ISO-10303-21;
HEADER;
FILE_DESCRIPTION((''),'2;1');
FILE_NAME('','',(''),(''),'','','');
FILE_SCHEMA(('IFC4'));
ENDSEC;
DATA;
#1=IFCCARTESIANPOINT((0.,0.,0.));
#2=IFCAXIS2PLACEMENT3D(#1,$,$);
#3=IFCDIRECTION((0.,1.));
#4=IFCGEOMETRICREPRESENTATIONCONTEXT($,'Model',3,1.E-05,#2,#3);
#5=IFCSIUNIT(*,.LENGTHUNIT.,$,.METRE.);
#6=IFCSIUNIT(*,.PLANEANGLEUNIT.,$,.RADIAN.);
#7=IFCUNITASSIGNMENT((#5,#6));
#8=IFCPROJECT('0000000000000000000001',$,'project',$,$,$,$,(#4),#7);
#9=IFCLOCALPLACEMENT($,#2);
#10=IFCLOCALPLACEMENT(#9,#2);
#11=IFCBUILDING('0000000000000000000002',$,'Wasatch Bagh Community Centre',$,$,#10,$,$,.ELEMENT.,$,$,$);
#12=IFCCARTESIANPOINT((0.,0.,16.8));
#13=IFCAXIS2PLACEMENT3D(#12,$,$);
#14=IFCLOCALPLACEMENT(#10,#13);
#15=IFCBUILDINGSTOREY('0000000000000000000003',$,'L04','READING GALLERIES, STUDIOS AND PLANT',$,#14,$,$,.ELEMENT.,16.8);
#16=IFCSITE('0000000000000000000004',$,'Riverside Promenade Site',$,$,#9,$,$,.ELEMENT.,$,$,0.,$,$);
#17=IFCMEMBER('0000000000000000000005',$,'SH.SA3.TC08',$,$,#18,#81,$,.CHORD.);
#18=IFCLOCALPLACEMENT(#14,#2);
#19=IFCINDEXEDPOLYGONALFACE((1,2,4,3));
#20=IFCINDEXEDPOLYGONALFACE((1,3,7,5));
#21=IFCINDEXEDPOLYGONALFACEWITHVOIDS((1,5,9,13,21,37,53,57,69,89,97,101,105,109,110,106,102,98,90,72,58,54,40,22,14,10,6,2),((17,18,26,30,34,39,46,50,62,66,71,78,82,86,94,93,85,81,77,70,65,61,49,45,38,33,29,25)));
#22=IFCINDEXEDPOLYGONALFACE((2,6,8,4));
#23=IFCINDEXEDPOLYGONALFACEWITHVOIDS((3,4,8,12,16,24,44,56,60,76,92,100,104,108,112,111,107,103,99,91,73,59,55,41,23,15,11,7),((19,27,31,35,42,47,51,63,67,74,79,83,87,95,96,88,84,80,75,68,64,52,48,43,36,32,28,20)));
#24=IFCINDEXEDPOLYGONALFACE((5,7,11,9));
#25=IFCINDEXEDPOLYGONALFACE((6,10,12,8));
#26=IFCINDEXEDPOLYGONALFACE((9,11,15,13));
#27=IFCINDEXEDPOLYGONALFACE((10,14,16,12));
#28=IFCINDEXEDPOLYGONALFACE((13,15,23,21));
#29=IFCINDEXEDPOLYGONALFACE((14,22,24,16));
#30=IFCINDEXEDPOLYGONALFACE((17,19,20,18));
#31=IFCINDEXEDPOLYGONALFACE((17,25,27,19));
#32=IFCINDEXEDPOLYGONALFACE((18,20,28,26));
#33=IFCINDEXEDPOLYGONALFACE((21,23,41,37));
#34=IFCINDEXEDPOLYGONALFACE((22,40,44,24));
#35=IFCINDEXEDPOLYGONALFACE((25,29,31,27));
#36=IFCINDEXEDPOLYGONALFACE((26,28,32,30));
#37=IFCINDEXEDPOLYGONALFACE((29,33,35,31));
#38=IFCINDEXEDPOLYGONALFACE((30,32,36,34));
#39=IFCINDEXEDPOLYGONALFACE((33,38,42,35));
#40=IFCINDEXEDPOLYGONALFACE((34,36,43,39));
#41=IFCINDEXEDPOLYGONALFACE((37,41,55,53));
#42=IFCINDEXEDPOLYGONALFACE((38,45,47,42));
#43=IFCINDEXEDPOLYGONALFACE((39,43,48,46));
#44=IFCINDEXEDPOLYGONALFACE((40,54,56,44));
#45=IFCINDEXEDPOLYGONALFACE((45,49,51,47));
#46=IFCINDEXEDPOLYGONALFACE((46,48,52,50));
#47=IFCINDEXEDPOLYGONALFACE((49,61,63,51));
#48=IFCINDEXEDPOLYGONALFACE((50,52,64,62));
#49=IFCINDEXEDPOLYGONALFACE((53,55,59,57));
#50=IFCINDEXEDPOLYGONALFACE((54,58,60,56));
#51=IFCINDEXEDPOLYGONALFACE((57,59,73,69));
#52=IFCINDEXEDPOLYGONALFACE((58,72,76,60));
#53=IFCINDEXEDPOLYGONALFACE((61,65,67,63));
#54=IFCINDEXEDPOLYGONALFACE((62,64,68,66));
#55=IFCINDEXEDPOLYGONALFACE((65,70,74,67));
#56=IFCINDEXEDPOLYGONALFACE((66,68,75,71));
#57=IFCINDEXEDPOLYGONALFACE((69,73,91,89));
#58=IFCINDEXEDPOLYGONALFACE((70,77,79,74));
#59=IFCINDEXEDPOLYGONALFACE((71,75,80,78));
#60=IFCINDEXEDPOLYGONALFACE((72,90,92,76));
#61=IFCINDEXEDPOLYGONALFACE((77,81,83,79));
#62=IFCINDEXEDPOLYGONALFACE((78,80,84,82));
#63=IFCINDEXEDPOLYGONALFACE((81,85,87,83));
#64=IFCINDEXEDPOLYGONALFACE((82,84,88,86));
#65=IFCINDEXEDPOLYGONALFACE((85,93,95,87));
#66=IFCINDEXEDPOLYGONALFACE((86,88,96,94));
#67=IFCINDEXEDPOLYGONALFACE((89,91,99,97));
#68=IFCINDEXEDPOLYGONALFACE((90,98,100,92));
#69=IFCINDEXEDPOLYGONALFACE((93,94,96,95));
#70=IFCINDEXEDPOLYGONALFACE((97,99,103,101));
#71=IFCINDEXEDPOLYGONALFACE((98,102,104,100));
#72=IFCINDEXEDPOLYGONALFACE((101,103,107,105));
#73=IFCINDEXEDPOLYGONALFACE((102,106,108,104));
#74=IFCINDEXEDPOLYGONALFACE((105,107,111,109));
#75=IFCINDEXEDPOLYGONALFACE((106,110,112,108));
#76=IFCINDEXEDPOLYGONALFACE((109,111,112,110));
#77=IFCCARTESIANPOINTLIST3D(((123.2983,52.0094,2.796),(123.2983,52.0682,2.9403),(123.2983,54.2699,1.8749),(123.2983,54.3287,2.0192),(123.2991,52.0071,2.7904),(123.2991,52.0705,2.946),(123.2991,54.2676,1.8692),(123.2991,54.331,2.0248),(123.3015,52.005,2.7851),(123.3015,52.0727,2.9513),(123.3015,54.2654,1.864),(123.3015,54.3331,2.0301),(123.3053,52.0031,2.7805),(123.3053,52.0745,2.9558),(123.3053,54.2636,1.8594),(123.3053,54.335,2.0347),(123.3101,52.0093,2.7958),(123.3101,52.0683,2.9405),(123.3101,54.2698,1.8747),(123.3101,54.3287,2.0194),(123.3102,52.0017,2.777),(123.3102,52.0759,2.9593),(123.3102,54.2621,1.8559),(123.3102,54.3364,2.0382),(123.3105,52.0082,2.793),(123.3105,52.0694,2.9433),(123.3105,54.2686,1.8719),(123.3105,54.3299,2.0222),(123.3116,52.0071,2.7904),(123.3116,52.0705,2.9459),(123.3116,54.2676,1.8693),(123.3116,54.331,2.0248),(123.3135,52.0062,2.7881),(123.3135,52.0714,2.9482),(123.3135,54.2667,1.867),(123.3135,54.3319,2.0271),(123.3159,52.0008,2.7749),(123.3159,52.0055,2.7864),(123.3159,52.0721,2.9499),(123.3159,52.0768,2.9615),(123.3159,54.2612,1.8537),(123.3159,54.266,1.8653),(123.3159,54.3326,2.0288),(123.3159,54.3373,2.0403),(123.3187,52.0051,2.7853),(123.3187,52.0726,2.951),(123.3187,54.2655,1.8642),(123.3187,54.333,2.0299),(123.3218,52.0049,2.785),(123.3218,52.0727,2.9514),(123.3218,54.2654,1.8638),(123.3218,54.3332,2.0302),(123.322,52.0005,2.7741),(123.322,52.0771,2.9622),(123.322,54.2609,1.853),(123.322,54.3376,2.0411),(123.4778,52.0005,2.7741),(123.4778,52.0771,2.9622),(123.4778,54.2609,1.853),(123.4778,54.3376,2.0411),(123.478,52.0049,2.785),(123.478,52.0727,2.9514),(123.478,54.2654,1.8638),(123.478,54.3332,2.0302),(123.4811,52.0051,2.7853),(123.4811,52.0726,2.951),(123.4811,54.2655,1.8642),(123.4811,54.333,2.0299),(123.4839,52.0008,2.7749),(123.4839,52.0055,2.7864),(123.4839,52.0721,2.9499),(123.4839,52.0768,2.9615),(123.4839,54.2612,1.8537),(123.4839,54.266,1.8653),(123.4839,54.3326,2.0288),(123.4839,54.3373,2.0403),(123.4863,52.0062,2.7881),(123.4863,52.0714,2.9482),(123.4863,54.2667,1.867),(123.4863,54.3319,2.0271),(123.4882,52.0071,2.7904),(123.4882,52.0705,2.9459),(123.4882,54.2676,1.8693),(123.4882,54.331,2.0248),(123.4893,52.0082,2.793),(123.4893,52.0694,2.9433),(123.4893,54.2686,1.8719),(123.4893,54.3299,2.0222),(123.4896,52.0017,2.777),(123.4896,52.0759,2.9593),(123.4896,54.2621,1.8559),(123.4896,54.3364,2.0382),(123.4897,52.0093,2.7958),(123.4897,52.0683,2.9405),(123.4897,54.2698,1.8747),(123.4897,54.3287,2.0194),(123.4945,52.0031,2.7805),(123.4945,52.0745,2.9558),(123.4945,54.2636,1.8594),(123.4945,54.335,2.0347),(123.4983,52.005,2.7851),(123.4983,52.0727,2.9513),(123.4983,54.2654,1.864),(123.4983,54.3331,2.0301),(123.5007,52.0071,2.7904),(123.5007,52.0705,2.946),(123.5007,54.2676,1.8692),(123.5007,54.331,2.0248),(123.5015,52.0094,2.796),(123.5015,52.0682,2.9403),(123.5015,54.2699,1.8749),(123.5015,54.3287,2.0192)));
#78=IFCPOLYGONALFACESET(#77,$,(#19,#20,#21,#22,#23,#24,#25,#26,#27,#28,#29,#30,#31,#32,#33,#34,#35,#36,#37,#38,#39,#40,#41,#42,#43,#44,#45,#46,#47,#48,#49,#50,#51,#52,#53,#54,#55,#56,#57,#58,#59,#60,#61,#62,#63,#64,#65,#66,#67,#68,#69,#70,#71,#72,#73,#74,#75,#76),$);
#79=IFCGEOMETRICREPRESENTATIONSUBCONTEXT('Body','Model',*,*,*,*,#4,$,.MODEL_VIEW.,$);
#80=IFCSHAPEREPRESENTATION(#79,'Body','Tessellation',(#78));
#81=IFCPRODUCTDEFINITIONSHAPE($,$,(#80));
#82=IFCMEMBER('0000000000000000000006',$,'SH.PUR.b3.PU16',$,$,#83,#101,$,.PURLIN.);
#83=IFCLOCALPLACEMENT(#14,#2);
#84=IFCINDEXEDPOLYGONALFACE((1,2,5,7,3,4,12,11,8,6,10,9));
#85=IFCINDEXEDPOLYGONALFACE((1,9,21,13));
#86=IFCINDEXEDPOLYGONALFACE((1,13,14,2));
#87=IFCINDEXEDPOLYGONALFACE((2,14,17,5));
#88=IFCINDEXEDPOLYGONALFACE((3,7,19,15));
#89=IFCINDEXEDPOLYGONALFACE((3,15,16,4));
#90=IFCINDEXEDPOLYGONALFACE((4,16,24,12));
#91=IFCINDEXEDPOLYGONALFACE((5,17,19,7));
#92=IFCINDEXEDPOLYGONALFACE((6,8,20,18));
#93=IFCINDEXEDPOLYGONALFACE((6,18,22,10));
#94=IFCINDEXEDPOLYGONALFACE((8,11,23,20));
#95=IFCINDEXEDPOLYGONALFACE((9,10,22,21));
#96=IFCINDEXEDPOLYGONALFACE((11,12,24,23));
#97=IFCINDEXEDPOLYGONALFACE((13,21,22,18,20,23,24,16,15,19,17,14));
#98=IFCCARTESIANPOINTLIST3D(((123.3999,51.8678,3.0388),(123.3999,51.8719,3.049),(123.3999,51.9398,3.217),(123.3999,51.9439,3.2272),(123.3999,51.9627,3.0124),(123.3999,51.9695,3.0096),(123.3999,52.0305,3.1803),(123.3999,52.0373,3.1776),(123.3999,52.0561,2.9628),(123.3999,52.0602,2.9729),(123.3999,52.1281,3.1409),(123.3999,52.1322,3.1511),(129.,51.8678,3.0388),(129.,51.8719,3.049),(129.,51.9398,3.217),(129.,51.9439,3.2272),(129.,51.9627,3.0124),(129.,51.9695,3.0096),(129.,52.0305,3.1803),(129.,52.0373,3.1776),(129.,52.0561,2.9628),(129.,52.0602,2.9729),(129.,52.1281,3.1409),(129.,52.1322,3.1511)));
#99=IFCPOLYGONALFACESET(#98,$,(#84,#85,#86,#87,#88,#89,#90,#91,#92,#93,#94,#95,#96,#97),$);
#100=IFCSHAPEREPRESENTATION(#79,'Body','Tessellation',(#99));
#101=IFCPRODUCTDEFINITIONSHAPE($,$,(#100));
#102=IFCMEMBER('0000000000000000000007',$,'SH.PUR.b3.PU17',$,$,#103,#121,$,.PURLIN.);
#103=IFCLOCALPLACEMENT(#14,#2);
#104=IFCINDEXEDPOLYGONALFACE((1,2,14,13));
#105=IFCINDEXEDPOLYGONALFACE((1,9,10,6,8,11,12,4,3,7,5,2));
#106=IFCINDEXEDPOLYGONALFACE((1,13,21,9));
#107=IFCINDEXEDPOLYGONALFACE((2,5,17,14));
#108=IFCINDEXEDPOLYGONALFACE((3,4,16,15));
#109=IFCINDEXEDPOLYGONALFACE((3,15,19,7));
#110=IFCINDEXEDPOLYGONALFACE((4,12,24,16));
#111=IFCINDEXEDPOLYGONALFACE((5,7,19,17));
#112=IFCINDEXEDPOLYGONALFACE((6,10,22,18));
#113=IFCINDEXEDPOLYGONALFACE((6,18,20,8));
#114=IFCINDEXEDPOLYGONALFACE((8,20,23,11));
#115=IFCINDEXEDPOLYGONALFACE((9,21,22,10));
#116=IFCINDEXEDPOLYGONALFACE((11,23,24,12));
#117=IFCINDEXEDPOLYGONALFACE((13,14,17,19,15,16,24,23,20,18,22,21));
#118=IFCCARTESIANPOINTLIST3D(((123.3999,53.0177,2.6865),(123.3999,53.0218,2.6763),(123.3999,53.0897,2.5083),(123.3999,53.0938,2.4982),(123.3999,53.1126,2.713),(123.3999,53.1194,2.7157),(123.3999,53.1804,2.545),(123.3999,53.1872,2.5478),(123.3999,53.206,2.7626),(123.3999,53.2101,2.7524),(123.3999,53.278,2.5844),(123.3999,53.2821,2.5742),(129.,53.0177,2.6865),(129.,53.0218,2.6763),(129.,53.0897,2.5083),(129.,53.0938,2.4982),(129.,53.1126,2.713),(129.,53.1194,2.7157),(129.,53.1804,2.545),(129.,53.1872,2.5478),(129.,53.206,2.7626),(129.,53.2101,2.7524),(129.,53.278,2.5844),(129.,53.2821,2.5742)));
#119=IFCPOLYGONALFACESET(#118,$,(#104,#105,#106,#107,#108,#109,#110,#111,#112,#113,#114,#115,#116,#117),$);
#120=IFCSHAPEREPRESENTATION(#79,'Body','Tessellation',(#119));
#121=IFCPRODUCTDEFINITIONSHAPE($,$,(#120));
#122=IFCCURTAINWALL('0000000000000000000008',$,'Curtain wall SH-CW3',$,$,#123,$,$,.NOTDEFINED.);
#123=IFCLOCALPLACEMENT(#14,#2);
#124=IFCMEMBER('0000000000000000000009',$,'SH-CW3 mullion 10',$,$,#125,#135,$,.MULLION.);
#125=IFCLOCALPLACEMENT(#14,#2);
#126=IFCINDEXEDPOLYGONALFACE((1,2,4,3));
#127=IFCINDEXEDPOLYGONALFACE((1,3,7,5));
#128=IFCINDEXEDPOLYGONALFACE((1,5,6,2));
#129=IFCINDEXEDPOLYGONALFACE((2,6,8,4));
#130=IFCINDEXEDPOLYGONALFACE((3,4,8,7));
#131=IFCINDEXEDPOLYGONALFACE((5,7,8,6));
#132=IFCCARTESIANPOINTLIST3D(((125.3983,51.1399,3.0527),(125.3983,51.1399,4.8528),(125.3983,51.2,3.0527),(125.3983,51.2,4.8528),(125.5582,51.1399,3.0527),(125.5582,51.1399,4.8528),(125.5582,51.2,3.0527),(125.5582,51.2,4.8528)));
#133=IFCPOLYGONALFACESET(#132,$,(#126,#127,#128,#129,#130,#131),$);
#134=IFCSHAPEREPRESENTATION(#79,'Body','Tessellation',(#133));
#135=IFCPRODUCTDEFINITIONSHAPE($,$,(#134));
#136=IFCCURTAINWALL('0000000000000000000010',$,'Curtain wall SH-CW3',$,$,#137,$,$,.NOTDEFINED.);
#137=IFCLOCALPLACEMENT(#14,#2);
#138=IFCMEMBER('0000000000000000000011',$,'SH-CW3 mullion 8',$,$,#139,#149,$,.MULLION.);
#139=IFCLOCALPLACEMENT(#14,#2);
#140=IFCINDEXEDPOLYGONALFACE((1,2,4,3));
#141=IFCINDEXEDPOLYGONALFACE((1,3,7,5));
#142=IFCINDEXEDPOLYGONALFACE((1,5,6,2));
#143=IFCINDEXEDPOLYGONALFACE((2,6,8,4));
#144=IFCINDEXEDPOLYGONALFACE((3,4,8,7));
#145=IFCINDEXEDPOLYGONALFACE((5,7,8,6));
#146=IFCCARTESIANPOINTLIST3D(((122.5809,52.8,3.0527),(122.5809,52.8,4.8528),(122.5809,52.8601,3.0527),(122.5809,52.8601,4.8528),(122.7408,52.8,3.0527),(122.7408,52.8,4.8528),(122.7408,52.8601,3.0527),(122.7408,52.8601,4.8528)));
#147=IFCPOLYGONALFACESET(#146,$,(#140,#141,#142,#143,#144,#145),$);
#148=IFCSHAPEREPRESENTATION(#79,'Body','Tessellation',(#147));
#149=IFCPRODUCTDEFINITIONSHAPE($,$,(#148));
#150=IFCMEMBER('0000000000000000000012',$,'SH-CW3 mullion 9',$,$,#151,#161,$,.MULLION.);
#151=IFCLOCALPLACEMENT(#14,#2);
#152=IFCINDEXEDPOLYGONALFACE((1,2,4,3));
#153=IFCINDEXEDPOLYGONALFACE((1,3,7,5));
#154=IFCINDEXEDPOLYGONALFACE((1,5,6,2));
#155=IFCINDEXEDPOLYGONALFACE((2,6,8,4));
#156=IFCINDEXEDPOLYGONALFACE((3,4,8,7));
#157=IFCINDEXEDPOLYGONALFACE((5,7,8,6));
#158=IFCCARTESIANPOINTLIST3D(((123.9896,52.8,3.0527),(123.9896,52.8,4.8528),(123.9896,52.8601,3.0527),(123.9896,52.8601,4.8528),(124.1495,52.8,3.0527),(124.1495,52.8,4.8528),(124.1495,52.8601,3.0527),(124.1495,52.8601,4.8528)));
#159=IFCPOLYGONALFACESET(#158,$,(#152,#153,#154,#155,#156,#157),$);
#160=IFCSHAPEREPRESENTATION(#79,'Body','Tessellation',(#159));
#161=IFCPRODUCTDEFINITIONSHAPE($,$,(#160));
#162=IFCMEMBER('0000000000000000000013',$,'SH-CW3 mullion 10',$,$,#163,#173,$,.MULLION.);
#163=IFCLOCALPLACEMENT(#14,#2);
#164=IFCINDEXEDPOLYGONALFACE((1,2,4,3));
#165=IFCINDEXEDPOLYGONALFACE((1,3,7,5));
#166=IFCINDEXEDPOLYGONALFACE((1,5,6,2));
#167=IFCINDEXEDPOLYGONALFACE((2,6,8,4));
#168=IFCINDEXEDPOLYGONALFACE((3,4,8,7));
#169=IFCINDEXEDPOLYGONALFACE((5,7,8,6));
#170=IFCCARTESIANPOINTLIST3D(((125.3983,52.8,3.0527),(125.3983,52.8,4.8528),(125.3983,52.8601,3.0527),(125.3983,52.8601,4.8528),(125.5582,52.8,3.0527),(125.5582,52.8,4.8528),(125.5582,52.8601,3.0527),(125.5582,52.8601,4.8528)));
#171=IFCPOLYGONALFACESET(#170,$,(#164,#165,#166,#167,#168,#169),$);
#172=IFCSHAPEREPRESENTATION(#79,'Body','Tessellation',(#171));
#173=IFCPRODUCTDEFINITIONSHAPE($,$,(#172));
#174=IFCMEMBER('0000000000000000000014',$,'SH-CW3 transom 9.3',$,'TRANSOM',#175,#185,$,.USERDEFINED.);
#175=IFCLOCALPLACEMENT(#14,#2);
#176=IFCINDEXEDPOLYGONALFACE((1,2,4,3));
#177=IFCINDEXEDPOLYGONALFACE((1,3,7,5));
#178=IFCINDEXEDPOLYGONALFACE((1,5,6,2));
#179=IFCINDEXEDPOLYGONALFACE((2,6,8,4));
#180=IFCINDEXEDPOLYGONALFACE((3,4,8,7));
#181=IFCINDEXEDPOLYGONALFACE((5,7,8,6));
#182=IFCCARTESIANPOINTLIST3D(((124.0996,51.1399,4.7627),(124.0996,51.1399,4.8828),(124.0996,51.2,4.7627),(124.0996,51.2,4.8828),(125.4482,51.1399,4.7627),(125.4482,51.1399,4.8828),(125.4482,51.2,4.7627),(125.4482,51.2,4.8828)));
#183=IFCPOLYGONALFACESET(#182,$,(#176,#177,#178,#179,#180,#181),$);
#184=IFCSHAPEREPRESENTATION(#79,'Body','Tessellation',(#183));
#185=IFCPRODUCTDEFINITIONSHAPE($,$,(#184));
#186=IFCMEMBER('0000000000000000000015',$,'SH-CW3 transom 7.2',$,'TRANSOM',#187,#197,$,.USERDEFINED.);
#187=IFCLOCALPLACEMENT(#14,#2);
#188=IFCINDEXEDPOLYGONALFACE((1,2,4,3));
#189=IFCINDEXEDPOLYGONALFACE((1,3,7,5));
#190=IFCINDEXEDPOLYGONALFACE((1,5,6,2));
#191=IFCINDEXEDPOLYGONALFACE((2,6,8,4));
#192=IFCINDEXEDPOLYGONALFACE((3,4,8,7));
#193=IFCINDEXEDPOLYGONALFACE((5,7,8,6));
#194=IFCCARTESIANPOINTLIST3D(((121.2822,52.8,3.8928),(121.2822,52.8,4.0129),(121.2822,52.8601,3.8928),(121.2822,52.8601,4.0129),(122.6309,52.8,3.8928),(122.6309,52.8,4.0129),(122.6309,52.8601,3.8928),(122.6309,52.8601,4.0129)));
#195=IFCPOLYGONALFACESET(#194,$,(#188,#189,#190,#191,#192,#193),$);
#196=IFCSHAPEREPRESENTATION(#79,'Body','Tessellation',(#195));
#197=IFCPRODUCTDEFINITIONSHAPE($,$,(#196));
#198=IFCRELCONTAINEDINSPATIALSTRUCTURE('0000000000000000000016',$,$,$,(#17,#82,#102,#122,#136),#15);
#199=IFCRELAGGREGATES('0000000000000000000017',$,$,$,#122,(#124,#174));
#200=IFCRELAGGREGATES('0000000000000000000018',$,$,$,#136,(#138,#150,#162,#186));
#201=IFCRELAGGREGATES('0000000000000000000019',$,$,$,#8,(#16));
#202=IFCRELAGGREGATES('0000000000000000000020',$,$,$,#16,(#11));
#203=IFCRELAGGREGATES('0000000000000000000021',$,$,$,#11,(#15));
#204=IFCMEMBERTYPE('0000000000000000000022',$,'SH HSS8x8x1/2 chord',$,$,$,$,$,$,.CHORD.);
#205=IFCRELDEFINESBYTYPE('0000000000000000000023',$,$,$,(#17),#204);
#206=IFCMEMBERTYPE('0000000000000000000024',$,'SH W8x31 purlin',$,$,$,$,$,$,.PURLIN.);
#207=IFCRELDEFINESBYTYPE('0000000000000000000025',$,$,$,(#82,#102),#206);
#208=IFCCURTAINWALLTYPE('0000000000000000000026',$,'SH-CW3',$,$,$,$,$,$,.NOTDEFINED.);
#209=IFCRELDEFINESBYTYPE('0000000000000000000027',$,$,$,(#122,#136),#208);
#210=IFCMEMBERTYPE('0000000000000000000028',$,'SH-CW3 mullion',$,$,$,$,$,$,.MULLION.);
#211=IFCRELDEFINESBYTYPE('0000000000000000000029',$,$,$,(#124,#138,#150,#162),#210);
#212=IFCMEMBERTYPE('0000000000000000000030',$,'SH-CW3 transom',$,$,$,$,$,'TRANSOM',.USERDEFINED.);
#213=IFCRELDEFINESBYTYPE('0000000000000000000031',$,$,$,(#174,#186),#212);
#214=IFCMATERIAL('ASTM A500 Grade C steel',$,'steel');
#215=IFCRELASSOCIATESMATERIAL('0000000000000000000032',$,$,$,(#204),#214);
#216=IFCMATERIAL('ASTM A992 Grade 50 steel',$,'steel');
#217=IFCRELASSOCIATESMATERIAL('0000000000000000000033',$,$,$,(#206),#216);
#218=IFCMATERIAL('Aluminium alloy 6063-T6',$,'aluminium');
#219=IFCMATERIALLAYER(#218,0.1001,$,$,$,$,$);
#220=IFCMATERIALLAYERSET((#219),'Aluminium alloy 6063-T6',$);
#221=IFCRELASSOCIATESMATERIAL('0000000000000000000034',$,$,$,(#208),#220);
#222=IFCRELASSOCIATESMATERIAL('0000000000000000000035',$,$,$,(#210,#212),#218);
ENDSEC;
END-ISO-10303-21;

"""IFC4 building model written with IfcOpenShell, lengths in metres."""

from ifc_helpers import new_model, si_unit, direction, frame, origin, origin_2d, place, context, subcontext, project, spatial, rectangle, hollow_rectangle, i_section, extrude, material, layer, layer_set, material_profile, profile_set, type_object, element, aggregate, save


model = new_model("IFC4")

# Units and contexts
model_context = context("Model", 3, precision=1e-05, world=origin(), true_north=direction((0.0, 1.0)))
body_context = subcontext(model_context, "Body", "Model", "MODEL_VIEW")
ifc_project = project(units=[si_unit("LENGTHUNIT", "METRE"), si_unit("PLANEANGLEUNIT", "RADIAN")], contexts=[model_context])

# Site, building, storey
site_placement = place(None, origin())
site = spatial("IfcSite", under=ifc_project, at=site_placement, Name="Riverside Promenade Site", CompositionType="ELEMENT", RefElevation=0.0)
building_placement = place(site_placement, origin())
building = spatial("IfcBuilding", under=site, at=building_placement, Name="Wasatch Bagh Community Centre", CompositionType="ELEMENT")
storey_placement = place(building_placement, frame((0.0, 0.0, 16.8)))
storey = spatial("IfcBuildingStorey", under=building, at=storey_placement, Name="L04", Description="READING GALLERIES, STUDIOS AND PLANT", CompositionType="ELEMENT", Elevation=16.8)

# Members
ifc_material_1 = material(Name="ASTM A500 Grade C steel", Category="steel")
ifc_material_profile_1 = material_profile(ifc_material_1, hollow_rectangle(XDim=0.2031, YDim=0.2031, WallThickness=0.0117, InnerFilletRadius=0.0117, OuterFilletRadius=0.0237, at=origin_2d()), Name="HSS8x8x1/2")
ifc_profile_set_1 = profile_set([ifc_material_profile_1], Name="ASTM A500 Grade C steel")
member_type_1 = type_object("IfcMemberType", Name="SH HSS8x8x1/2 chord", PredefinedType="CHORD", material=ifc_profile_set_1)
member_1_placement = place(storey_placement, frame((123.3999, 52.0388, 2.8682), z_axis=(0.0, 0.926064, -0.377367), x_axis=(-1.0, 0.0, 0.0)))
element("IfcMember", 1, at=member_1_placement, inside=storey, type_object=member_type_1, Name="SH.SA3.TC08", PredefinedType="CHORD", context=body_context, shape_type="SweptSolid", body=[
    extrude(hollow_rectangle(XDim=0.2031, YDim=0.2031, WallThickness=0.0117, InnerFilletRadius=0.0117, OuterFilletRadius=0.0237, at=origin_2d()), origin(), (0.0, 0.0, 1.0), 2.4409),
])
ifc_material_2 = material(Name="ASTM A992 Grade 50 steel", Category="steel")
ifc_material_profile_2 = material_profile(ifc_material_2, i_section(OverallWidth=0.2031, OverallDepth=0.2031, WebThickness=0.0073, FlangeThickness=0.011, at=origin_2d()), Name="W8x31")
ifc_profile_set_2 = profile_set([ifc_material_profile_2], Name="ASTM A992 Grade 50 steel")
member_type_2 = type_object("IfcMemberType", Name="SH W8x31 purlin", PredefinedType="PURLIN", material=ifc_profile_set_2)
for number, where, z_axis, x_axis, name in (
    (2, (123.3999, 52.0, 3.095), (1.0, 0.0, 0.0), (0.0, 0.927184, -0.374607), "SH.PUR.b3.PU16"),
    (3, (123.3999, 53.1499, 2.6304), (1.0, 0.0, 0.0), (0.0, 0.927184, 0.374607), "SH.PUR.b3.PU17"),
):
    element("IfcMember", number, at=place(storey_placement, frame(where, z_axis=z_axis, x_axis=x_axis)), inside=storey, type_object=member_type_2, Name=name, PredefinedType="PURLIN", context=body_context, shape_type="SweptSolid", body=[
        extrude(i_section(OverallWidth=0.2031, OverallDepth=0.2031, WebThickness=0.0073, FlangeThickness=0.011, at=origin_2d()), origin(), (0.0, 0.0, 1.0), 5.6001),
    ])

# Curtain wall, member
ifc_material_3 = material(Name="Aluminium alloy 6063-T6", Category="aluminium")
ifc_layer_1 = layer(ifc_material_3, 0.1001)
ifc_layer_set_1 = layer_set([ifc_layer_1], Name="Aluminium alloy 6063-T6")
curtain_wall_type = type_object("IfcCurtainWallType", Name="SH-CW3", PredefinedType="NOTDEFINED", material=ifc_layer_set_1)
curtain_wall_1_placement = place(storey_placement, origin())
curtain_wall_1 = element("IfcCurtainWall", 4, at=curtain_wall_1_placement, inside=storey, type_object=curtain_wall_type, Name="Curtain wall SH-CW3", PredefinedType="NOTDEFINED")
ifc_material_profile_3 = material_profile(ifc_material_3, rectangle(XDim=0.0601, YDim=0.1599, at=origin_2d()), Name="AL 60x160")
ifc_profile_set_3 = profile_set([ifc_material_profile_3], Name="Aluminium alloy 6063-T6")
member_type_3 = type_object("IfcMemberType", Name="SH-CW3 mullion", PredefinedType="MULLION", material=ifc_profile_set_3)
member_2_placement = place(storey_placement, frame((125.4783, 51.1699, 3.0527), z_axis=(0.0, 0.0, 1.0), x_axis=(0.0, 1.0, 0.0)))
member_2 = element("IfcMember", 5, at=member_2_placement, type_object=member_type_3, Name="SH-CW3 mullion 10", PredefinedType="MULLION", context=body_context, shape_type="SweptSolid", body=[
    extrude(rectangle(XDim=0.0601, YDim=0.1599, at=origin_2d()), origin(), (0.0, 0.0, 1.0), 1.8),
])

# Curtain wall, members
curtain_wall_2_placement = place(storey_placement, origin())
curtain_wall_2 = element("IfcCurtainWall", 6, at=curtain_wall_2_placement, inside=storey, type_object=curtain_wall_type, Name="Curtain wall SH-CW3", PredefinedType="NOTDEFINED")
member_3_placement = place(storey_placement, frame((122.6609, 52.8301, 3.0527), z_axis=(0.0, 0.0, 1.0), x_axis=(0.0, 1.0, 0.0)))
member_3 = element("IfcMember", 7, at=member_3_placement, type_object=member_type_3, Name="SH-CW3 mullion 8", PredefinedType="MULLION", context=body_context, shape_type="SweptSolid", body=[
    extrude(rectangle(XDim=0.0601, YDim=0.1599, at=origin_2d()), origin(), (0.0, 0.0, 1.0), 1.8),
])
member_4_placement = place(storey_placement, frame((124.0696, 52.8301, 3.0527), z_axis=(0.0, 0.0, 1.0), x_axis=(0.0, 1.0, 0.0)))
member_4 = element("IfcMember", 8, at=member_4_placement, type_object=member_type_3, Name="SH-CW3 mullion 9", PredefinedType="MULLION", context=body_context, shape_type="SweptSolid", body=[
    extrude(rectangle(XDim=0.0601, YDim=0.1599, at=origin_2d()), origin(), (0.0, 0.0, 1.0), 1.8),
])
member_5_placement = place(storey_placement, frame((125.4783, 52.8301, 3.0527), z_axis=(0.0, 0.0, 1.0), x_axis=(0.0, 1.0, 0.0)))
member_5 = element("IfcMember", 9, at=member_5_placement, type_object=member_type_3, Name="SH-CW3 mullion 10", PredefinedType="MULLION", context=body_context, shape_type="SweptSolid", body=[
    extrude(rectangle(XDim=0.0601, YDim=0.1599, at=origin_2d()), origin(), (0.0, 0.0, 1.0), 1.8),
])

# Members
ifc_material_profile_4 = material_profile(ifc_material_3, rectangle(XDim=0.0601, YDim=0.1201, at=origin_2d()), Name="AL 60x120")
ifc_profile_set_4 = profile_set([ifc_material_profile_4], Name="Aluminium alloy 6063-T6")
member_type_4 = type_object("IfcMemberType", Name="SH-CW3 transom", ElementType="TRANSOM", PredefinedType="USERDEFINED", material=ifc_profile_set_4)
member_6_placement = place(storey_placement, frame((124.0996, 51.1699, 4.8228), z_axis=(1.0, 0.0, 0.0), x_axis=(0.0, 1.0, 0.0)))
member_6 = element("IfcMember", 10, at=member_6_placement, type_object=member_type_4, Name="SH-CW3 transom 9.3", ObjectType="TRANSOM", PredefinedType="USERDEFINED", context=body_context, shape_type="SweptSolid", body=[
    extrude(rectangle(XDim=0.0601, YDim=0.1201, at=origin_2d()), origin(), (0.0, 0.0, 1.0), 1.3486),
])
member_7_placement = place(storey_placement, frame((121.2822, 52.8301, 3.9529), z_axis=(1.0, 0.0, 0.0), x_axis=(0.0, 1.0, 0.0)))
member_7 = element("IfcMember", 11, at=member_7_placement, type_object=member_type_4, Name="SH-CW3 transom 7.2", ObjectType="TRANSOM", PredefinedType="USERDEFINED", context=body_context, shape_type="SweptSolid", body=[
    extrude(rectangle(XDim=0.0601, YDim=0.1201, at=origin_2d()), origin(), (0.0, 0.0, 1.0), 1.3486),
])

aggregate(curtain_wall_1, [member_2, member_6])
aggregate(curtain_wall_2, [member_3, member_4, member_5, member_7])

save(model, "model.ifc")
